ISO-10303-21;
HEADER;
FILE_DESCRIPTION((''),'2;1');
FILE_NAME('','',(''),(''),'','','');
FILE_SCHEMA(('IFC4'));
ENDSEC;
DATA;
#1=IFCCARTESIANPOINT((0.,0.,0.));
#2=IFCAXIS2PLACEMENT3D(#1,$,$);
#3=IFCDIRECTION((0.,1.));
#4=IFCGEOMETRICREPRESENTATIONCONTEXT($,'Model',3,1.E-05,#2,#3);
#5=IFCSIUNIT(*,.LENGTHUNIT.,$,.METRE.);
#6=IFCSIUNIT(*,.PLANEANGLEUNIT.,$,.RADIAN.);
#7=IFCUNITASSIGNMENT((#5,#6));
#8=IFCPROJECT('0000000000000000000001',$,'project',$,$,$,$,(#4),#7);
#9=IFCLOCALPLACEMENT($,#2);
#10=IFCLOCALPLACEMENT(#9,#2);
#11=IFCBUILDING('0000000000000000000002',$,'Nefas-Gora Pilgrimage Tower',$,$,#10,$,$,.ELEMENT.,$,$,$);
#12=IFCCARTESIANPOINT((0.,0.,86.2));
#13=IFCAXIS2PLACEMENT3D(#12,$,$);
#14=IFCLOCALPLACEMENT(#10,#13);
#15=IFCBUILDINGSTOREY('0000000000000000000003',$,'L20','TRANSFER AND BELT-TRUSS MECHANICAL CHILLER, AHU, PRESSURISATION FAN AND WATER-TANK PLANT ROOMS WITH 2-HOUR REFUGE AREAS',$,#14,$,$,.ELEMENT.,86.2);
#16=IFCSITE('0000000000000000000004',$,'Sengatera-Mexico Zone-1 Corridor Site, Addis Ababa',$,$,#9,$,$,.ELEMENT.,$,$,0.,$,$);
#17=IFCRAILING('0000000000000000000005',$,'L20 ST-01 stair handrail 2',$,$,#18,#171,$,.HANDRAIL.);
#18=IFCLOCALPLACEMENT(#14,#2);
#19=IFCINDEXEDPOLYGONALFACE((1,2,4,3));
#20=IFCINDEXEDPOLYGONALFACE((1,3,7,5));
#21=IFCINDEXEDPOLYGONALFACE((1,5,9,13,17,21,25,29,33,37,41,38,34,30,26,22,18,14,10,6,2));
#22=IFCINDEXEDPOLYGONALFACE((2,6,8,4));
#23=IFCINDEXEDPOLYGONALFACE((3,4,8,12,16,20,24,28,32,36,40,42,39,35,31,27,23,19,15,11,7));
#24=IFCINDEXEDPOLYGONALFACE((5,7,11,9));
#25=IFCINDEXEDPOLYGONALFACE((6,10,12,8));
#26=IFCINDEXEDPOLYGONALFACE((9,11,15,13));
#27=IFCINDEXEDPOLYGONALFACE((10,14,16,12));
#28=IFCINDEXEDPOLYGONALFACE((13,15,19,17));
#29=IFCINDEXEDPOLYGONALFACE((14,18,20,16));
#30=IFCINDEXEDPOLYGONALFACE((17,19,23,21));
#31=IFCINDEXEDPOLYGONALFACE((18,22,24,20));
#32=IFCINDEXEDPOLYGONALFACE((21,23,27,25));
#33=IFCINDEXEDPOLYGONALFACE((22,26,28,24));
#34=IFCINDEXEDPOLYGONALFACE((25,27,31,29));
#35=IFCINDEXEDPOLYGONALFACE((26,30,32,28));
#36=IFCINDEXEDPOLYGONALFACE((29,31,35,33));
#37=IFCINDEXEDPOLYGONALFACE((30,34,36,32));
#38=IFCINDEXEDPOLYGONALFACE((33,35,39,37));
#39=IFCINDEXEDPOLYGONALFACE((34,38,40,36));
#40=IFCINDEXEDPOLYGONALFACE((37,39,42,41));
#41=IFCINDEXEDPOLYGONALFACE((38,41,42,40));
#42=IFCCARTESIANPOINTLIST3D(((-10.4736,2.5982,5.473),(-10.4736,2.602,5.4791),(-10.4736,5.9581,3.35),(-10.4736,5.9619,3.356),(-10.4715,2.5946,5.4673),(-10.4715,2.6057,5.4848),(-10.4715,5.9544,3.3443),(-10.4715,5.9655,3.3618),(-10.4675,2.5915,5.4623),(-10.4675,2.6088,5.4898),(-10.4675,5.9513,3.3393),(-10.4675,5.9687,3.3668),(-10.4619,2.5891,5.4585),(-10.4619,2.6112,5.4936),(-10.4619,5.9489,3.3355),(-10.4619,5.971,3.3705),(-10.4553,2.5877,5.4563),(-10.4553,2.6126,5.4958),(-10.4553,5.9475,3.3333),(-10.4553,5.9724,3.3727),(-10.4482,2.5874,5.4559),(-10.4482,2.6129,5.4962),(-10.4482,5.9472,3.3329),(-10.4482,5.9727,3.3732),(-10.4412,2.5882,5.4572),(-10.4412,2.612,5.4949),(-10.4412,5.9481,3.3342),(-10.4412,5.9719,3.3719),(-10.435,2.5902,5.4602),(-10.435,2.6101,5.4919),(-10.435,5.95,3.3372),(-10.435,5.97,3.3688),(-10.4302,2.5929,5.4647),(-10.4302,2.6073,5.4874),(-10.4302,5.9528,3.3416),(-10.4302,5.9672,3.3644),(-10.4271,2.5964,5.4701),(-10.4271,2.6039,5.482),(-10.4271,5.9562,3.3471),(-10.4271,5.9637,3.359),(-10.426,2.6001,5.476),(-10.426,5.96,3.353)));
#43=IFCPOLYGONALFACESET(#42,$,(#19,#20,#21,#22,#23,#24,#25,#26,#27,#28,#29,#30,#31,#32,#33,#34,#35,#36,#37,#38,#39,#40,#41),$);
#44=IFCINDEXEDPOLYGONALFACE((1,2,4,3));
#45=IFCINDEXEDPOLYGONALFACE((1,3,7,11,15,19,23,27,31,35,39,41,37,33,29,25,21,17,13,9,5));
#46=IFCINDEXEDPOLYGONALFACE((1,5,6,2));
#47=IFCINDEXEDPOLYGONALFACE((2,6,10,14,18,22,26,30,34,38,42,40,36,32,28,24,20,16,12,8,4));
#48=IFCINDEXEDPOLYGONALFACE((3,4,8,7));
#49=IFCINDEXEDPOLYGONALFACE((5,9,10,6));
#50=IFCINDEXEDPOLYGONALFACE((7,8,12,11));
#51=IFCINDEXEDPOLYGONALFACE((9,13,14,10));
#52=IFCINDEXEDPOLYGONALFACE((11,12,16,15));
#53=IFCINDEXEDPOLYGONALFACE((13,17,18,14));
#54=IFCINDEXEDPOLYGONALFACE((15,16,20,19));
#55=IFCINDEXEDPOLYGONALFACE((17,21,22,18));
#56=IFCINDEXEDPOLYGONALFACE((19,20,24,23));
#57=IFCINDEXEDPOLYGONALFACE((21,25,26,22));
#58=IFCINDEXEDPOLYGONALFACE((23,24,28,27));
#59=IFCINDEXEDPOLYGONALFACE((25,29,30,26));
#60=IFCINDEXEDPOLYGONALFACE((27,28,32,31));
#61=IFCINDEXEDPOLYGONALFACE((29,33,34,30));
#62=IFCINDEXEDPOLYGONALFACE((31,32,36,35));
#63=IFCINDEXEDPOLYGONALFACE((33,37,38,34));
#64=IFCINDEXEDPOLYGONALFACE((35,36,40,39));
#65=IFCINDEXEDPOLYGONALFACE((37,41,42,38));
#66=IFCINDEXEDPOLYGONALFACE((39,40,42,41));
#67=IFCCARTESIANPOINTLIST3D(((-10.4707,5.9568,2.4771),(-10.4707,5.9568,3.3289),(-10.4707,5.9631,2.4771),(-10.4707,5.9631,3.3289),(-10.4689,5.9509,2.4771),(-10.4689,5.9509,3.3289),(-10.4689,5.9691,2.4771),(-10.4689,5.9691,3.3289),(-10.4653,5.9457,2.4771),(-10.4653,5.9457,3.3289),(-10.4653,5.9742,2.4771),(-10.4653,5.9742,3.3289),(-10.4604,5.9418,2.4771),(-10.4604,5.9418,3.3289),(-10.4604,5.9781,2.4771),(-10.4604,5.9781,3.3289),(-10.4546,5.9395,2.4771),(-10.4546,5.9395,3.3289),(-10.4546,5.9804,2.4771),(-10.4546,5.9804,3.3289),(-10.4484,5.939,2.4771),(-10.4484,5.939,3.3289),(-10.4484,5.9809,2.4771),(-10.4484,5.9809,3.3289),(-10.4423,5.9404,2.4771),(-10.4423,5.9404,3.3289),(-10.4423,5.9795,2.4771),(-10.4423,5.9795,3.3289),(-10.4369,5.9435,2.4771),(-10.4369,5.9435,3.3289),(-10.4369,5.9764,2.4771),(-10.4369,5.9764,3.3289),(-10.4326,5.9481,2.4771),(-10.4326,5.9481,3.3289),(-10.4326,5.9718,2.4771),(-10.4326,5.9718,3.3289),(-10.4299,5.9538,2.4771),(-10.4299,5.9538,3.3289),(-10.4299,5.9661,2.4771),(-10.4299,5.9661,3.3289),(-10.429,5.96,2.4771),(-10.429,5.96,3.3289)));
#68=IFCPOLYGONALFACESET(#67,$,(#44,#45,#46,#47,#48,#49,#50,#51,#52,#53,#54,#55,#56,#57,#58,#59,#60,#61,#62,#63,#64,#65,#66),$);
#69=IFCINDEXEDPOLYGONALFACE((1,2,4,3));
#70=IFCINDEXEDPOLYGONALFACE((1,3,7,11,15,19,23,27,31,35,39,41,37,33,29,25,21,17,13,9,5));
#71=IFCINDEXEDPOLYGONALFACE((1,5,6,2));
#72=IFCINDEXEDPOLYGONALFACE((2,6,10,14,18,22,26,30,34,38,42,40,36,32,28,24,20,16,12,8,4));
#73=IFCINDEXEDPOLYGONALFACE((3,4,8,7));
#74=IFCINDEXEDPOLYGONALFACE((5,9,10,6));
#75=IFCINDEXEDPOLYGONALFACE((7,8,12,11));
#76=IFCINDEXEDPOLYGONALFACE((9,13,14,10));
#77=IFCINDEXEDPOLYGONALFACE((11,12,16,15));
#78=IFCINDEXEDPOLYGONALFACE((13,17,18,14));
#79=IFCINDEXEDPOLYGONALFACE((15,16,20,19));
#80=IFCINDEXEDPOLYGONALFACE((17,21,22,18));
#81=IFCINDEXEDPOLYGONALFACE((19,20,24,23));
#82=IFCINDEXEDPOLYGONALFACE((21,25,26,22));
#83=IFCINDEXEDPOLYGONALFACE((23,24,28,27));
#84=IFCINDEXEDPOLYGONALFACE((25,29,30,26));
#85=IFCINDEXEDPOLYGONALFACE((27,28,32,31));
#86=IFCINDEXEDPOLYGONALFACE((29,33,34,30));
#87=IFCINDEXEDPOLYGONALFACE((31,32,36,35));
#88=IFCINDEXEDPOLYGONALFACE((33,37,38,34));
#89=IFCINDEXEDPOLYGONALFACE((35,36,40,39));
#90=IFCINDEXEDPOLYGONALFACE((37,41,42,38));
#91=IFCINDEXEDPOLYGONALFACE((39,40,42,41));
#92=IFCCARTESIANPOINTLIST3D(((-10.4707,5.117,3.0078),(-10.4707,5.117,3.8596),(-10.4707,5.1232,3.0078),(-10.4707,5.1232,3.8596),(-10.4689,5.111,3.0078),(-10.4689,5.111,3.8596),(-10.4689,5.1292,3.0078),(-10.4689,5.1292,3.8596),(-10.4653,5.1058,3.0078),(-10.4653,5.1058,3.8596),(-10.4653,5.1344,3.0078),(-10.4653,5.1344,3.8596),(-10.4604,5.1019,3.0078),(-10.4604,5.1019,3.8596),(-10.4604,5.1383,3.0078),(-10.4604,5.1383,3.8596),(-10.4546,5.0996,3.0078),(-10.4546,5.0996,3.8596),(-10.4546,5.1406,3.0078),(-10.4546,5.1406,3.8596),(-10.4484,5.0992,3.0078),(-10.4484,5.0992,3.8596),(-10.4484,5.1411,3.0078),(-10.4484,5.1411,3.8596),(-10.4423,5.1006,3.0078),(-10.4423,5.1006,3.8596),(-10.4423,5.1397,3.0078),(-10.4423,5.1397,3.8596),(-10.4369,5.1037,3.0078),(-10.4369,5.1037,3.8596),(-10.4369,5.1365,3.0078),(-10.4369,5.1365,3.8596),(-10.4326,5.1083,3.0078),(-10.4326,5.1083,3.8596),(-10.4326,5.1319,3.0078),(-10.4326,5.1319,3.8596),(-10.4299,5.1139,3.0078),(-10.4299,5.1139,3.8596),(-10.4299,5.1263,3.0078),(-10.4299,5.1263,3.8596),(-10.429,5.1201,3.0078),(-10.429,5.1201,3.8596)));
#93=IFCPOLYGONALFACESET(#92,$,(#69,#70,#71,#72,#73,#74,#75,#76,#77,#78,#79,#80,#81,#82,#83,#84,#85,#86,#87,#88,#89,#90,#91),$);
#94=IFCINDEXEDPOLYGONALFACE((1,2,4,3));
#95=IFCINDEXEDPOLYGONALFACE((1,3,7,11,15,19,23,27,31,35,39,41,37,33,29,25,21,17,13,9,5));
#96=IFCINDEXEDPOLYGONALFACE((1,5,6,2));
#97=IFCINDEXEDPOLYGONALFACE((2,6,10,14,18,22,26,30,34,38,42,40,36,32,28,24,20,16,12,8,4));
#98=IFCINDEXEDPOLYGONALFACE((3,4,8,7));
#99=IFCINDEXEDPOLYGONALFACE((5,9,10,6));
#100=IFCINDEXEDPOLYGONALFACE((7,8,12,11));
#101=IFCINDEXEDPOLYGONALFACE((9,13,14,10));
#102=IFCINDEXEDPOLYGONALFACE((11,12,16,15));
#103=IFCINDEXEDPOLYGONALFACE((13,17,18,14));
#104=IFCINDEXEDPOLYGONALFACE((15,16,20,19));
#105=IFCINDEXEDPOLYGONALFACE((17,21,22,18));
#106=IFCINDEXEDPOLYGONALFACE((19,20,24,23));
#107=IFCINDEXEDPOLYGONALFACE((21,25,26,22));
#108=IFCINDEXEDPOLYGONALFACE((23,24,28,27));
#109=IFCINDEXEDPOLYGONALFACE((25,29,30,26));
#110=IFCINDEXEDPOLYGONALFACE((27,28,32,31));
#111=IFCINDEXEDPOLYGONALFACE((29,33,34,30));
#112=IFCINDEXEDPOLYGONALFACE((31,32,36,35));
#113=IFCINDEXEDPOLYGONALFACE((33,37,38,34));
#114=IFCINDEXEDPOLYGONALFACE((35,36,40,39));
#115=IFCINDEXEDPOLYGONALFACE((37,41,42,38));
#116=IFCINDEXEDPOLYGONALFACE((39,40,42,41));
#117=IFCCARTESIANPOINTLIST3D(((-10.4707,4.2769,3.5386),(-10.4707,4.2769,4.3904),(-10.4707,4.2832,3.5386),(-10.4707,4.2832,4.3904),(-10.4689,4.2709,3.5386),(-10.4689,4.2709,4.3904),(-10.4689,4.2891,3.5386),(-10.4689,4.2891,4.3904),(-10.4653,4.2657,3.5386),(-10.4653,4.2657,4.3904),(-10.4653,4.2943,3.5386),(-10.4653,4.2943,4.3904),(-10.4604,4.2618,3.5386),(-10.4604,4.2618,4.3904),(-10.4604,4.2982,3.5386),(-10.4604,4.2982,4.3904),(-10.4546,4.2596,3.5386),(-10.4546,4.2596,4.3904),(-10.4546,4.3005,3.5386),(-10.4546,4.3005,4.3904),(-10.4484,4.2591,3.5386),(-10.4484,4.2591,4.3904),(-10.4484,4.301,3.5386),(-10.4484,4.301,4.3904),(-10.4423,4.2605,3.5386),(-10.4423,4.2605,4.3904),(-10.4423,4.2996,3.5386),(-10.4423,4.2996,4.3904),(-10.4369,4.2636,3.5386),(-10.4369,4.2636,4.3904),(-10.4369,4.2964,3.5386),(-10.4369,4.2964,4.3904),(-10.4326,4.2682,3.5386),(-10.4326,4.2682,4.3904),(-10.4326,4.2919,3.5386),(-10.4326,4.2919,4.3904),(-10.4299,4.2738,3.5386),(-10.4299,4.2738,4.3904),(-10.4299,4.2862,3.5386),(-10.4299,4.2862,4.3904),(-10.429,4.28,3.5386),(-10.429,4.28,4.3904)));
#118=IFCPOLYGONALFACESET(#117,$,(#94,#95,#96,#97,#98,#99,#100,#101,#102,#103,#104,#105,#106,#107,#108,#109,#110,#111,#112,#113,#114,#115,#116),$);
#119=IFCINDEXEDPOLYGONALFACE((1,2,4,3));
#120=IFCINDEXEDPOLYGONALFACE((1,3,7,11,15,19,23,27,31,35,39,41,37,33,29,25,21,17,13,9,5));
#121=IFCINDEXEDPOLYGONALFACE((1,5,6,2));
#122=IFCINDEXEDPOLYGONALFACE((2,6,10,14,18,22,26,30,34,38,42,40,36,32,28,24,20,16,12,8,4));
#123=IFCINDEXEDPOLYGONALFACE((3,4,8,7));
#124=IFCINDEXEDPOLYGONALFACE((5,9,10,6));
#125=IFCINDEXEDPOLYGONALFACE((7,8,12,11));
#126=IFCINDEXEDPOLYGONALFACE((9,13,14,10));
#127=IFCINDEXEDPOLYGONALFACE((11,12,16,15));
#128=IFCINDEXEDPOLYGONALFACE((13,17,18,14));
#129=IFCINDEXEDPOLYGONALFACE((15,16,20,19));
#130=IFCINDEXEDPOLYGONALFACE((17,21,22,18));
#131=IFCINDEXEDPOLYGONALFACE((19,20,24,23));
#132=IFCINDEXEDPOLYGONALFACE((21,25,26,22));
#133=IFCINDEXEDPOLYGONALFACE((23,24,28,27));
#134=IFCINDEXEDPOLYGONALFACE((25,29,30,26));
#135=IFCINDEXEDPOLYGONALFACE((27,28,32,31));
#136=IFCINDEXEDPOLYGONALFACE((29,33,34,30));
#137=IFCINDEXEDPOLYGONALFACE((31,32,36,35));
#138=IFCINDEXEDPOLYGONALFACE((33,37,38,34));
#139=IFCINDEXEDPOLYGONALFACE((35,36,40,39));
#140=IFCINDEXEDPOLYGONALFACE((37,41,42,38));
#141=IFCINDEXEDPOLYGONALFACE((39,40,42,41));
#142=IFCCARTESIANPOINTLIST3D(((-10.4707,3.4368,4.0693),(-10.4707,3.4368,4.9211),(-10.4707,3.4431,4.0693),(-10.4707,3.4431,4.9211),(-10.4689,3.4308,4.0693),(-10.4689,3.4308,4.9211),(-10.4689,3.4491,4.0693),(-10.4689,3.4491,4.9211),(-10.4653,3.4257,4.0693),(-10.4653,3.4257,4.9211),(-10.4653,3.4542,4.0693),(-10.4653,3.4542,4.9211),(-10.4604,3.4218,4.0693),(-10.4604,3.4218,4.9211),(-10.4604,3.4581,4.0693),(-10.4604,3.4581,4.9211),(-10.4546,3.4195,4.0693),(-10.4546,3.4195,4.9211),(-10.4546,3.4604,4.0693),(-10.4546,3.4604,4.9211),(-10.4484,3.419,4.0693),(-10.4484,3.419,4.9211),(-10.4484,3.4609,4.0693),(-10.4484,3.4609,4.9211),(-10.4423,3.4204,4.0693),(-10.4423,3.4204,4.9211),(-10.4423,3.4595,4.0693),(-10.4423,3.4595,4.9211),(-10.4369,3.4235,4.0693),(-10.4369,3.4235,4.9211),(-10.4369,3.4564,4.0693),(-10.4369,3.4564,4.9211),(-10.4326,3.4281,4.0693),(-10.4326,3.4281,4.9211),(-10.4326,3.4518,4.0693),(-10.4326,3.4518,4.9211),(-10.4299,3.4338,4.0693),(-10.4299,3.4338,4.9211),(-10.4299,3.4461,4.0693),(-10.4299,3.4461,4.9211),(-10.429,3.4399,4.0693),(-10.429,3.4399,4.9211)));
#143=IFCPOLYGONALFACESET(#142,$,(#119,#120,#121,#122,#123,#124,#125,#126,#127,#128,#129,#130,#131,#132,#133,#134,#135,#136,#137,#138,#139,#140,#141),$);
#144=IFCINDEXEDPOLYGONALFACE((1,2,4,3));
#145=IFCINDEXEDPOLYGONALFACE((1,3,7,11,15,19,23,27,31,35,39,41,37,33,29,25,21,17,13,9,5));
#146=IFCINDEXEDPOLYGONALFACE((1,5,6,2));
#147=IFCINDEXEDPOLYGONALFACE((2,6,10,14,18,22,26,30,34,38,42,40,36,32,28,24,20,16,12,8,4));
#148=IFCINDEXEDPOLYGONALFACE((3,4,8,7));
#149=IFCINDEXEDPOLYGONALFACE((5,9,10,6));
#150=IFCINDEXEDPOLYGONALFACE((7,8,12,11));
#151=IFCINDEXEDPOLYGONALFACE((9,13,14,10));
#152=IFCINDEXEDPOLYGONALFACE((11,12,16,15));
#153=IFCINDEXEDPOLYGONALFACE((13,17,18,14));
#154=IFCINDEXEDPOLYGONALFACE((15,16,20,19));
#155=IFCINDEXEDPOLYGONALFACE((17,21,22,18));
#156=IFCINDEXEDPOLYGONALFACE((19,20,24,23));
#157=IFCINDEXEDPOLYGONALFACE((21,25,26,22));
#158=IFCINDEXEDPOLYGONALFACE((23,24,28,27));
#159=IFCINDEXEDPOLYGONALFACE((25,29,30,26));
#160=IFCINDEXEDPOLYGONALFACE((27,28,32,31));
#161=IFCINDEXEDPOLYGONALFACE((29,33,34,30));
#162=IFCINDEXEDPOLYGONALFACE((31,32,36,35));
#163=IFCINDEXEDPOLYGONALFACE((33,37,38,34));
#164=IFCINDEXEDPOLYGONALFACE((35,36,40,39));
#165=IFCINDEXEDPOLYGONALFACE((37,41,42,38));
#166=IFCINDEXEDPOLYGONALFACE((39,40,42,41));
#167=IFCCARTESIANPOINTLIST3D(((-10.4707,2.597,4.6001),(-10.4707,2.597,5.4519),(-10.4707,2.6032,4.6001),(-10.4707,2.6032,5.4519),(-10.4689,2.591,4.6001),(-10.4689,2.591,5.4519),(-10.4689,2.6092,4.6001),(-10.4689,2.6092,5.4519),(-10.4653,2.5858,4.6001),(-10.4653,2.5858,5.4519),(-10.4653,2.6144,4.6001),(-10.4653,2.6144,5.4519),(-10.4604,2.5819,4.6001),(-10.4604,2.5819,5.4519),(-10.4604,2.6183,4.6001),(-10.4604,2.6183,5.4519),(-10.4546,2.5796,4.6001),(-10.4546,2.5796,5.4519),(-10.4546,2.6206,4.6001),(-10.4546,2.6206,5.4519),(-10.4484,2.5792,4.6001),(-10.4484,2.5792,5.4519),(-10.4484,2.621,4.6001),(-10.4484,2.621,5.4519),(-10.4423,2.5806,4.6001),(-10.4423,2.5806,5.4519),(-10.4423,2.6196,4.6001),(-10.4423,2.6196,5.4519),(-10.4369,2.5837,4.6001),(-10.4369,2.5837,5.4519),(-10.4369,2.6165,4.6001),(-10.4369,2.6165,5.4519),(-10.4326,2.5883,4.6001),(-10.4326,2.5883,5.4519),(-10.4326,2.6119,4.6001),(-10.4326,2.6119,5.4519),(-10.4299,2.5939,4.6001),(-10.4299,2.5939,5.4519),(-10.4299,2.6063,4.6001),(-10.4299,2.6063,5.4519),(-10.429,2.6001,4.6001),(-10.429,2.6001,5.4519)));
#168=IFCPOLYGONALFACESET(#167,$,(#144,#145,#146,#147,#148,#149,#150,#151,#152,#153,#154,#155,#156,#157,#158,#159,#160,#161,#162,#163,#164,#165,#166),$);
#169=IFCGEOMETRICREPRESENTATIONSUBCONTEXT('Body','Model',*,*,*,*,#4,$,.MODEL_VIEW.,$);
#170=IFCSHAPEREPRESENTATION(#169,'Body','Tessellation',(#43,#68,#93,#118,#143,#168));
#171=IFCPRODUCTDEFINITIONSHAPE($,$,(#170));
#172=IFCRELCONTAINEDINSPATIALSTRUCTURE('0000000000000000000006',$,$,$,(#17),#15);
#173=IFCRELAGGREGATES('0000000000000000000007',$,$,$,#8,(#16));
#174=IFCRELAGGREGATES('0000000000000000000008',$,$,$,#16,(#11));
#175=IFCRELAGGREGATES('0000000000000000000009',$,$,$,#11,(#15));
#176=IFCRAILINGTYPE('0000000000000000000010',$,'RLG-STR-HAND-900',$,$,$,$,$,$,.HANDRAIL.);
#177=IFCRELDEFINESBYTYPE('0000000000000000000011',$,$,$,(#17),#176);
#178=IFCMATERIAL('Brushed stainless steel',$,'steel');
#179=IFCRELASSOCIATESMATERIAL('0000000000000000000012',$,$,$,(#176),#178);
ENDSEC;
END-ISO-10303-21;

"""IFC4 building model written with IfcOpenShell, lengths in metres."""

from ifc_helpers import new_model, si_unit, direction, frame, origin, origin_2d, place, context, subcontext, project, spatial, circle, extrude, material, type_object, element, save


model = new_model("IFC4")

# Units and contexts
model_context = context("Model", 3, precision=1e-05, world=origin(), true_north=direction((0.0, 1.0)))
body_context = subcontext(model_context, "Body", "Model", "MODEL_VIEW")
ifc_project = project(units=[si_unit("LENGTHUNIT", "METRE"), si_unit("PLANEANGLEUNIT", "RADIAN")], contexts=[model_context])

# Site, building, storey
site_placement = place(None, origin())
site = spatial("IfcSite", under=ifc_project, at=site_placement, Name="Sengatera-Mexico Zone-1 Corridor Site, Addis Ababa", CompositionType="ELEMENT", RefElevation=0.0)
building_placement = place(site_placement, origin())
building = spatial("IfcBuilding", under=site, at=building_placement, Name="Nefas-Gora Pilgrimage Tower", CompositionType="ELEMENT")
storey_placement = place(building_placement, frame((0.0, 0.0, 86.2)))
storey = spatial("IfcBuildingStorey", under=building, at=storey_placement, Name="L20", Description="TRANSFER AND BELT-TRUSS MECHANICAL CHILLER, AHU, PRESSURISATION FAN AND WATER-TANK PLANT ROOMS WITH 2-HOUR REFUGE AREAS", CompositionType="ELEMENT", Elevation=86.2)

# Railing
ifc_material_1 = material(Name="Brushed stainless steel", Category="steel")
railing_type_1 = type_object("IfcRailingType", Name="RLG-STR-HAND-900", PredefinedType="HANDRAIL", material=ifc_material_1)
railing_1_placement = place(storey_placement, frame((-10.45, 5.96, 2.4771)))
element("IfcRailing", 1, at=railing_1_placement, inside=storey, type_object=railing_type_1, Name="L20 ST-01 stair handrail 2", PredefinedType="HANDRAIL", context=body_context, shape_type="SweptSolid", body=[
    extrude(circle(Radius=0.0239, at=origin_2d()), frame((0.0, 0.0, 0.876), z_axis=(0.0, -0.845372, 0.534178), x_axis=(1.0, 0.0, 0.0)), (0.0, 0.0, 1.0), 3.9744),
    extrude(circle(Radius=0.021, at=origin_2d()), origin(), (0.0, 0.0, 1.0), 0.8518),
    extrude(circle(Radius=0.021, at=origin_2d()), frame((0.0, -0.8398, 0.5308)), (0.0, 0.0, 1.0), 0.8518),
    extrude(circle(Radius=0.021, at=origin_2d()), frame((0.0, -1.6799, 1.0615)), (0.0, 0.0, 1.0), 0.8518),
    extrude(circle(Radius=0.021, at=origin_2d()), frame((0.0, -2.52, 1.5923)), (0.0, 0.0, 1.0), 0.8518),
    extrude(circle(Radius=0.021, at=origin_2d()), frame((0.0, -3.3599, 2.123)), (0.0, 0.0, 1.0), 0.8518),
])

save(model, "model.ifc")
